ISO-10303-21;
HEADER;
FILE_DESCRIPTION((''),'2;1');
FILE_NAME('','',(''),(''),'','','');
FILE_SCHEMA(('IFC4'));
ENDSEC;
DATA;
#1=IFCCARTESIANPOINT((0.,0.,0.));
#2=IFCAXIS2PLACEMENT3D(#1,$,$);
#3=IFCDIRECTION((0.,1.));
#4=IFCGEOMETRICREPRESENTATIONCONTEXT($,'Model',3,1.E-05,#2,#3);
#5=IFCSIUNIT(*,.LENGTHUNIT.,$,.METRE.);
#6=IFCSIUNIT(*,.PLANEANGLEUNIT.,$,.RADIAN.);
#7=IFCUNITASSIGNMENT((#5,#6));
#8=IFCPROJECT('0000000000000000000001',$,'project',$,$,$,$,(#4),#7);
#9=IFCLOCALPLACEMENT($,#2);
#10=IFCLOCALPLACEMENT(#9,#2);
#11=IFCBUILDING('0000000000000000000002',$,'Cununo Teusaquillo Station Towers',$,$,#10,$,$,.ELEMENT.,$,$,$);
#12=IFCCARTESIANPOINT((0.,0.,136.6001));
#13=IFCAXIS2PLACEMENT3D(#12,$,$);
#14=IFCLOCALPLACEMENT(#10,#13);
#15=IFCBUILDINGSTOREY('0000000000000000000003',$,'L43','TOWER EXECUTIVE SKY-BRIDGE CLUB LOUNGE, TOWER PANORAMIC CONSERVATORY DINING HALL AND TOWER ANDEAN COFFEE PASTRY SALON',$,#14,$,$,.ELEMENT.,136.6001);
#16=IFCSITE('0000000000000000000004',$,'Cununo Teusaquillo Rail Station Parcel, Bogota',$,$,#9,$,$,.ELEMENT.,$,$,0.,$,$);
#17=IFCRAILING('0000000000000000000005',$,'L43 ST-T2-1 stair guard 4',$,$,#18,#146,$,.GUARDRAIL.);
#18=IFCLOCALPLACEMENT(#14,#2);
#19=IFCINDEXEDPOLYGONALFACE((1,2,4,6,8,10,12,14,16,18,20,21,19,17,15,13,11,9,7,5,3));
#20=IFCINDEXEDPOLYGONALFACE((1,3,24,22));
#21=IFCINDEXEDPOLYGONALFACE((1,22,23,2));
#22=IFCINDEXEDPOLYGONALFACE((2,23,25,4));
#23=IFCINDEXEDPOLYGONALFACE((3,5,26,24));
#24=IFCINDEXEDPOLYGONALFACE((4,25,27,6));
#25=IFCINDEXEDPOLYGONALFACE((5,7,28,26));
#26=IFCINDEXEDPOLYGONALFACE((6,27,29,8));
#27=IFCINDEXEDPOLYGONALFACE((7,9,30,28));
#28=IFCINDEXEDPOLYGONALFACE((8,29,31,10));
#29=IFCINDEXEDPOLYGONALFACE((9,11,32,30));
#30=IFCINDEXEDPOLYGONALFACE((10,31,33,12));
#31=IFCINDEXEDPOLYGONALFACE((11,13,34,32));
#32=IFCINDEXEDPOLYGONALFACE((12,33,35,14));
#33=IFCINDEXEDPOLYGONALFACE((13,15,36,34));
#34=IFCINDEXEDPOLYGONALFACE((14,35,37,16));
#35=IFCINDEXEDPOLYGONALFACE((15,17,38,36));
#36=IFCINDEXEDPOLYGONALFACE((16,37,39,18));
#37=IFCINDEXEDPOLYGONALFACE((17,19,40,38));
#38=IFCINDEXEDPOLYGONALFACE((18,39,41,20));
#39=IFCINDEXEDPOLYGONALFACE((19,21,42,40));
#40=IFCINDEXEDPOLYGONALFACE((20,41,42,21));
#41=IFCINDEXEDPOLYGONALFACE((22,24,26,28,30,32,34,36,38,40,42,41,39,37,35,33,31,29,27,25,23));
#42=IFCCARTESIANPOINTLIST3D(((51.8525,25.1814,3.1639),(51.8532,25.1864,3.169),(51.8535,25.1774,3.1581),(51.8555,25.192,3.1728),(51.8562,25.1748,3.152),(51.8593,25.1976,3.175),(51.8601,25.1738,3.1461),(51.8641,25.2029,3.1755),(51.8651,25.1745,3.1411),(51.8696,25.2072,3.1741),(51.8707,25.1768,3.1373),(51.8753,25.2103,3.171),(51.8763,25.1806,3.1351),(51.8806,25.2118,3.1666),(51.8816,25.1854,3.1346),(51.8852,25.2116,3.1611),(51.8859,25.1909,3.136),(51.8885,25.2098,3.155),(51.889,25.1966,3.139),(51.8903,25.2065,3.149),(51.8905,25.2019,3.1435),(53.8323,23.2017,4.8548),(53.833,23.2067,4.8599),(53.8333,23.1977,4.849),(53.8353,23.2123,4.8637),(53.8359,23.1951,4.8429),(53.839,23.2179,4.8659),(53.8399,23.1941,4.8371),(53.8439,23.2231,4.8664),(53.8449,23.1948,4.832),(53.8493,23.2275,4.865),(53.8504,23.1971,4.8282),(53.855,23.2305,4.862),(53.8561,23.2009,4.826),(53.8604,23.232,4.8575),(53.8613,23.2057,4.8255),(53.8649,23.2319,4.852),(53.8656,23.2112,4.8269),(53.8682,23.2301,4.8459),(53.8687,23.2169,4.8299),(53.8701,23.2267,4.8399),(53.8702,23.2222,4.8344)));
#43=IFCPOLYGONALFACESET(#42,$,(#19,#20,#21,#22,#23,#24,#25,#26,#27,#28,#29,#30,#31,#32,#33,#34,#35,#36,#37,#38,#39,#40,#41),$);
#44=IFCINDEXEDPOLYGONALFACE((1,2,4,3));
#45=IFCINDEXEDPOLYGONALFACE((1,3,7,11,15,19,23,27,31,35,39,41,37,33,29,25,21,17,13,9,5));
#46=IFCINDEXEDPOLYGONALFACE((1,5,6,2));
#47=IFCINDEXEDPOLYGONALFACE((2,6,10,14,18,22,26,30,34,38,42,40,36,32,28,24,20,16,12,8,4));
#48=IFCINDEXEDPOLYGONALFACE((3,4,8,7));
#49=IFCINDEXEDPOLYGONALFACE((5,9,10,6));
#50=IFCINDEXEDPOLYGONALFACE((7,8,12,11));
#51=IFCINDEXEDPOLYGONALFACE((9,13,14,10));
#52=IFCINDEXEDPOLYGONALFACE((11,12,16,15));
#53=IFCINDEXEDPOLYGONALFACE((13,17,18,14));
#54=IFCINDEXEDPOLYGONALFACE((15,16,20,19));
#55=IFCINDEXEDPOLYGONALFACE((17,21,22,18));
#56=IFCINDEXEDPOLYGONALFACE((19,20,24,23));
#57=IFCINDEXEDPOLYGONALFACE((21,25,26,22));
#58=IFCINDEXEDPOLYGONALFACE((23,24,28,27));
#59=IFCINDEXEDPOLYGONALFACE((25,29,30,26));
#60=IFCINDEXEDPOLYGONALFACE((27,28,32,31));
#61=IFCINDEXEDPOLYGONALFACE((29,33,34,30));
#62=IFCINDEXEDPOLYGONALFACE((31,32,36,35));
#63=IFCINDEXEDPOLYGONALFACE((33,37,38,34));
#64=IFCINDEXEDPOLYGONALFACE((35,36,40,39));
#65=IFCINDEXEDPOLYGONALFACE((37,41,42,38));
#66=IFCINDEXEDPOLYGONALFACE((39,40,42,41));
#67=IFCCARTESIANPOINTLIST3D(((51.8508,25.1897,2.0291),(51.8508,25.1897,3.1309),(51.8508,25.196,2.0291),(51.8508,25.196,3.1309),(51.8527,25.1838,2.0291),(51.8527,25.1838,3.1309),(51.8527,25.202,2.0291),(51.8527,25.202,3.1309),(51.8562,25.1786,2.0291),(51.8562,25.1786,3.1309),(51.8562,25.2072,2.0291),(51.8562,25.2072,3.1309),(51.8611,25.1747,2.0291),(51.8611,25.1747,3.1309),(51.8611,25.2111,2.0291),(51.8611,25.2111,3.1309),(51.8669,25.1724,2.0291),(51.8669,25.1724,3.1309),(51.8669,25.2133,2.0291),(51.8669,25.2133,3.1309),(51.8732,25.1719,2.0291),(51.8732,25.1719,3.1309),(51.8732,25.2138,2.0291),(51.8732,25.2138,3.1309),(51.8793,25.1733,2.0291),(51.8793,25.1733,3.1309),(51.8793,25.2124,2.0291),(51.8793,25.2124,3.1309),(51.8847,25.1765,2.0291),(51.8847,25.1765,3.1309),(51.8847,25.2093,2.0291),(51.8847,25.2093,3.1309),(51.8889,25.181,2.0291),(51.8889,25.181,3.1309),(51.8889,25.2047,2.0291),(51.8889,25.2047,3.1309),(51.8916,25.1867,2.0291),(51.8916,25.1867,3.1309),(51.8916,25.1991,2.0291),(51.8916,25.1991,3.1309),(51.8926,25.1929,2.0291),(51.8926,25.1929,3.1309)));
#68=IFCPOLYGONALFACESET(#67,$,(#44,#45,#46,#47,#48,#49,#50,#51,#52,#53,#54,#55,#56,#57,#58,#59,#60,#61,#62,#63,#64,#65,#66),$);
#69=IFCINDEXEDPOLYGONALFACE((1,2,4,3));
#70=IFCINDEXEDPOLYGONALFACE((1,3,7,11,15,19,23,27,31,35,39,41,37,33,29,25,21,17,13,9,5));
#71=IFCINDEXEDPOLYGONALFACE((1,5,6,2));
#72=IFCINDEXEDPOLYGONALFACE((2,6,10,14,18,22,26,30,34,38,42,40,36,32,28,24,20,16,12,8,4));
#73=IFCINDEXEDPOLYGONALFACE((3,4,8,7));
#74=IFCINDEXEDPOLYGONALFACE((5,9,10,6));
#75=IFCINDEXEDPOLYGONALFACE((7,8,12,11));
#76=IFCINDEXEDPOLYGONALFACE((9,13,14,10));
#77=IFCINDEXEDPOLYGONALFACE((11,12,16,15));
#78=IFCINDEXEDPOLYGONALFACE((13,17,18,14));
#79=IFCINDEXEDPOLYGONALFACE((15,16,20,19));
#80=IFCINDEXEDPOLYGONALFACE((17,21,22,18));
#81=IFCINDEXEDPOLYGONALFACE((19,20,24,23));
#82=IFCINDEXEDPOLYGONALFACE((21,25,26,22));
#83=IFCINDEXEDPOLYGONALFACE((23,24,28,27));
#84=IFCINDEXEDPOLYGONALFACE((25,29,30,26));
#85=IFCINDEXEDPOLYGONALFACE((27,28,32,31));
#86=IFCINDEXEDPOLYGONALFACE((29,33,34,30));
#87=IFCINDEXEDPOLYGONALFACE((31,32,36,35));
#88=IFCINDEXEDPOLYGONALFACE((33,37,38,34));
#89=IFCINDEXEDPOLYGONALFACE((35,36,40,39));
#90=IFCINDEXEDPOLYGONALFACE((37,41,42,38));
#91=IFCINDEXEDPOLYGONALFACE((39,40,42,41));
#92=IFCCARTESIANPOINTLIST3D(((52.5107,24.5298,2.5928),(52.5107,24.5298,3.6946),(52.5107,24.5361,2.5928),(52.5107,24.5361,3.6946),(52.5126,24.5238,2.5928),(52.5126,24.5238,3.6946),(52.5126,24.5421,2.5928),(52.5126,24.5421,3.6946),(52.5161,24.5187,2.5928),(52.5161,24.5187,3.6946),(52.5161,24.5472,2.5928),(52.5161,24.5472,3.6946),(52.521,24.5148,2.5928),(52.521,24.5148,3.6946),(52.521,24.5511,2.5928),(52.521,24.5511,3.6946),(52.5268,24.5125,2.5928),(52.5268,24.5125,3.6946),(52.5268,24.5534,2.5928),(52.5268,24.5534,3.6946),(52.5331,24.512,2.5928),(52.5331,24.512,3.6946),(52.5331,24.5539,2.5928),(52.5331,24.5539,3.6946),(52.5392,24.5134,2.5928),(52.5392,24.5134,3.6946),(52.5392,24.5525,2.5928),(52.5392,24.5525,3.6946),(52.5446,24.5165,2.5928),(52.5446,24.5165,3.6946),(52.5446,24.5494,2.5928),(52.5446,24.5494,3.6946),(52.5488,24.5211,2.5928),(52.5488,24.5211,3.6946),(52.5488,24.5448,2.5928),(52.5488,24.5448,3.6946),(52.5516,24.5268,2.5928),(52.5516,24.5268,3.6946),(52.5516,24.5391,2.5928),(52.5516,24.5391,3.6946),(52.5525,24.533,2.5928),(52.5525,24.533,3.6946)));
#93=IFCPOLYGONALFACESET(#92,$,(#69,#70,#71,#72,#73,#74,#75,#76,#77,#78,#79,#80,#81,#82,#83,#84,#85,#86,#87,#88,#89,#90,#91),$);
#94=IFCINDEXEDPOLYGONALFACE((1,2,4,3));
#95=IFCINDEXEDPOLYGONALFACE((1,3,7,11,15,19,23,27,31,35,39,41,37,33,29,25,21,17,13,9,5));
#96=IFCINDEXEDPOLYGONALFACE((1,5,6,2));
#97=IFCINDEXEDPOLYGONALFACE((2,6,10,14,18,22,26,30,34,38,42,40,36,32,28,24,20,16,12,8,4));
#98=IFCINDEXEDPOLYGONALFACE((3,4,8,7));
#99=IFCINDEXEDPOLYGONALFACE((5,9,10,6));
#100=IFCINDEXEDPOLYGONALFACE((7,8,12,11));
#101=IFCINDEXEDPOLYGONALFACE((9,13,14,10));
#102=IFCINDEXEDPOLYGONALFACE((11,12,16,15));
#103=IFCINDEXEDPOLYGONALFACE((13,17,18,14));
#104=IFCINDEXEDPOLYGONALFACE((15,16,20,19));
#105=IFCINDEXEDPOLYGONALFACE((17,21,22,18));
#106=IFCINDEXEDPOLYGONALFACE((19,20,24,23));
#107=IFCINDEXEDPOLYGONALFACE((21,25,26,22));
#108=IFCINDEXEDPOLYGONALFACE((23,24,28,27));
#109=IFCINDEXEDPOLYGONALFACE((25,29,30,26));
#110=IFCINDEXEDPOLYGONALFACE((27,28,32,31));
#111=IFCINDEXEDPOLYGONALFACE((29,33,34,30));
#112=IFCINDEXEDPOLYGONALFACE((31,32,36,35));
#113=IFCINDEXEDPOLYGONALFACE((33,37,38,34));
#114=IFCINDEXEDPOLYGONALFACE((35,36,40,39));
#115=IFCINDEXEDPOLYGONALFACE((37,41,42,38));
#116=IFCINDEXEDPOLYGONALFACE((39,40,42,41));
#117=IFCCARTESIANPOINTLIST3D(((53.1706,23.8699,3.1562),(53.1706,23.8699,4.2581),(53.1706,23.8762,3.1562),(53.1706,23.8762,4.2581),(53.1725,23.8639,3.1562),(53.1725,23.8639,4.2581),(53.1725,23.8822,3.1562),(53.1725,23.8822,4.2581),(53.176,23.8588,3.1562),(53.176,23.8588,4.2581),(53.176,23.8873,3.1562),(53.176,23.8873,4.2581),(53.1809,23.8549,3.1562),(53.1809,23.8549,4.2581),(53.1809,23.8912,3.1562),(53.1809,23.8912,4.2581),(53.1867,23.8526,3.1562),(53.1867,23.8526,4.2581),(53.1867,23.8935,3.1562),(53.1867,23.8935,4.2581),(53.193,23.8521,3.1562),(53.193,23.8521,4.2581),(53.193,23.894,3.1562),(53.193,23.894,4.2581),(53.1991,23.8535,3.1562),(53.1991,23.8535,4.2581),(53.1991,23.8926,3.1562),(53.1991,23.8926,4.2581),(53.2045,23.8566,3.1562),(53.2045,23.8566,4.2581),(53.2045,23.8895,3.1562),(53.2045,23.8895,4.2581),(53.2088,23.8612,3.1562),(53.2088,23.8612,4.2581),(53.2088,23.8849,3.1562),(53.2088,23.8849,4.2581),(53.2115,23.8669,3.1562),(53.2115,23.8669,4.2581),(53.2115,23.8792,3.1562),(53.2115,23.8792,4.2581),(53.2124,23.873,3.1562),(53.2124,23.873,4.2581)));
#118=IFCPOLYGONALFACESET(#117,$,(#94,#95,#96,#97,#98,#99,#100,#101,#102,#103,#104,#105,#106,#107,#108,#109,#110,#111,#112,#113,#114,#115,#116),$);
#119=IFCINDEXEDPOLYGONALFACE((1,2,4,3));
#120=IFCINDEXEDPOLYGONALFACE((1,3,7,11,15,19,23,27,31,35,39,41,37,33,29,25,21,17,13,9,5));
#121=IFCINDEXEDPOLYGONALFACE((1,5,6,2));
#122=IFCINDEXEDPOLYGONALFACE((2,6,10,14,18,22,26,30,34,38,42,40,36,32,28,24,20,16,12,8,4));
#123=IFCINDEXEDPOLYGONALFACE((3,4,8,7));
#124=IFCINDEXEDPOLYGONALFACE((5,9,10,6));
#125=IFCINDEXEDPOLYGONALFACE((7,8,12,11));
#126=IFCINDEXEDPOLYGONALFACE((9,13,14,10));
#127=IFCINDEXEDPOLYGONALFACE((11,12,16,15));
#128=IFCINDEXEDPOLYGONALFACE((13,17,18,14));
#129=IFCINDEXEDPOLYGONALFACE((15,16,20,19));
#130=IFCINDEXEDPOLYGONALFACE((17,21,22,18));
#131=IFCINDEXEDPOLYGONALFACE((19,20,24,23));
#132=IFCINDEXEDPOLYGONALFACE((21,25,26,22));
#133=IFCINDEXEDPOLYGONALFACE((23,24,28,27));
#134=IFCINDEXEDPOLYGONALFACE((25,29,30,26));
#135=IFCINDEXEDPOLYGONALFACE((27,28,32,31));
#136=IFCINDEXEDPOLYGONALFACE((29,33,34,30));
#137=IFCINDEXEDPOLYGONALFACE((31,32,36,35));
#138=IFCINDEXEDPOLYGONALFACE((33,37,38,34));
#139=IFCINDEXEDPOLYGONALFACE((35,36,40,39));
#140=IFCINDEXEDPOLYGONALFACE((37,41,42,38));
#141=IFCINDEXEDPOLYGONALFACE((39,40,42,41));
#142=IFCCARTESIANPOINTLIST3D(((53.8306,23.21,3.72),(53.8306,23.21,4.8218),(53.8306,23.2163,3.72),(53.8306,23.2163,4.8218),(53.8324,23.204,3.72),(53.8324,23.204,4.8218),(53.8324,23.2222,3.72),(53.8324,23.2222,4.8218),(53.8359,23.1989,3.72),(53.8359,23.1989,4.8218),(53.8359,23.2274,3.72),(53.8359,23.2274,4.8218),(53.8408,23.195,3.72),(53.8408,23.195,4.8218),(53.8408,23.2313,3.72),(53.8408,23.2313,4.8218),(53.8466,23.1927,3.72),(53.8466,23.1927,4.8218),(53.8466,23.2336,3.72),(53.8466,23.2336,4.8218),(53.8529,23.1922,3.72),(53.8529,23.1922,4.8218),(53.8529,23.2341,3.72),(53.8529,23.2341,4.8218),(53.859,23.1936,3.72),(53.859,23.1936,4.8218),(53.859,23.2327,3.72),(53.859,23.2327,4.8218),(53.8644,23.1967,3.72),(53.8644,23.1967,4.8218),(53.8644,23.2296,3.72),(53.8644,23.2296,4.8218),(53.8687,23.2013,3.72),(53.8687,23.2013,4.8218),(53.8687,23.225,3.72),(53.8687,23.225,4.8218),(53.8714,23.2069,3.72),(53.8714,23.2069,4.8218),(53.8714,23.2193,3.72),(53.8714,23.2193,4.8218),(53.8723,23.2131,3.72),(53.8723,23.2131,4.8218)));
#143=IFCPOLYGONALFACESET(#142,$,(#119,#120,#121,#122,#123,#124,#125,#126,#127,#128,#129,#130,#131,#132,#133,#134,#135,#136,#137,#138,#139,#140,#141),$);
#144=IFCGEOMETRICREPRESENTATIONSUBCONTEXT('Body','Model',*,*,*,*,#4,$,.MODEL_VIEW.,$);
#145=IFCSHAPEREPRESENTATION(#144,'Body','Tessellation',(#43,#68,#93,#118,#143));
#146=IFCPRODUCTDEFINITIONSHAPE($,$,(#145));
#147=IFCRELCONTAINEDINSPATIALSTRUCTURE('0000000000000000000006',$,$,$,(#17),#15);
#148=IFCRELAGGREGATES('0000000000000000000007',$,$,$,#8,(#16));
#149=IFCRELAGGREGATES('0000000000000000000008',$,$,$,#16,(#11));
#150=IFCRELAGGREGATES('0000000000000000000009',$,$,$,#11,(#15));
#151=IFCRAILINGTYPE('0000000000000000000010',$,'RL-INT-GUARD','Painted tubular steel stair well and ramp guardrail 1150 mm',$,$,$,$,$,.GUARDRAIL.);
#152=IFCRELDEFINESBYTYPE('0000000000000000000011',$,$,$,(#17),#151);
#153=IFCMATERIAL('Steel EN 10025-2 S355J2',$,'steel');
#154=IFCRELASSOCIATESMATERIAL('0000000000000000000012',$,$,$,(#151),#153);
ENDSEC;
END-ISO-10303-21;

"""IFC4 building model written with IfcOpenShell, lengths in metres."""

from ifc_helpers import new_model, si_unit, direction, frame, origin, origin_2d, place, context, subcontext, project, spatial, circle, extrude, material, type_object, element, save


model = new_model("IFC4")

# Units and contexts
model_context = context("Model", 3, precision=1e-05, world=origin(), true_north=direction((0.0, 1.0)))
body_context = subcontext(model_context, "Body", "Model", "MODEL_VIEW")
ifc_project = project(units=[si_unit("LENGTHUNIT", "METRE"), si_unit("PLANEANGLEUNIT", "RADIAN")], contexts=[model_context])

# Site, building, storey
site_placement = place(None, origin())
site = spatial("IfcSite", under=ifc_project, at=site_placement, Name="Cununo Teusaquillo Rail Station Parcel, Bogota", CompositionType="ELEMENT", RefElevation=0.0)
building_placement = place(site_placement, origin())
building = spatial("IfcBuilding", under=site, at=building_placement, Name="Cununo Teusaquillo Station Towers", CompositionType="ELEMENT")
storey_placement = place(building_placement, frame((0.0, 0.0, 136.6001)))
storey = spatial("IfcBuildingStorey", under=building, at=storey_placement, Name="L43", Description="TOWER EXECUTIVE SKY-BRIDGE CLUB LOUNGE, TOWER PANORAMIC CONSERVATORY DINING HALL AND TOWER ANDEAN COFFEE PASTRY SALON", CompositionType="ELEMENT", Elevation=136.6001)

# Railing
ifc_material_1 = material(Name="Steel EN 10025-2 S355J2", Category="steel")
railing_type_1 = type_object("IfcRailingType", Name="RL-INT-GUARD", Description="Painted tubular steel stair well and ramp guardrail 1150 mm", PredefinedType="GUARDRAIL", material=ifc_material_1)
railing_1_placement = place(storey_placement, frame((51.8716, 25.1929, 2.0291)))
element("IfcRailing", 1, at=railing_1_placement, inside=storey, type_object=railing_type_1, Name="L43 ST-T2-1 stair guard 4", PredefinedType="GUARDRAIL", context=body_context, shape_type="SweptSolid", body=[
    extrude(circle(Radius=0.0239, at=origin_2d()), frame((0.0, 0.0, 1.126), z_axis=(0.605282, -0.605282, 0.516979), x_axis=(0.707107, 0.707107, 0.0)), (0.0, 0.0, 1.0), 3.2708),
    extrude(circle(Radius=0.021, at=origin_2d()), origin(), (0.0, 0.0, 1.0), 1.1018),
    extrude(circle(Radius=0.021, at=origin_2d()), frame((0.6599, -0.6599, 0.5637)), (0.0, 0.0, 1.0), 1.1018),
    extrude(circle(Radius=0.021, at=origin_2d()), frame((1.3198, -1.3198, 1.1272)), (0.0, 0.0, 1.0), 1.1018),
    extrude(circle(Radius=0.021, at=origin_2d()), frame((1.9797, -1.9797, 1.6909)), (0.0, 0.0, 1.0), 1.1018),
])

save(model, "model.ifc")
